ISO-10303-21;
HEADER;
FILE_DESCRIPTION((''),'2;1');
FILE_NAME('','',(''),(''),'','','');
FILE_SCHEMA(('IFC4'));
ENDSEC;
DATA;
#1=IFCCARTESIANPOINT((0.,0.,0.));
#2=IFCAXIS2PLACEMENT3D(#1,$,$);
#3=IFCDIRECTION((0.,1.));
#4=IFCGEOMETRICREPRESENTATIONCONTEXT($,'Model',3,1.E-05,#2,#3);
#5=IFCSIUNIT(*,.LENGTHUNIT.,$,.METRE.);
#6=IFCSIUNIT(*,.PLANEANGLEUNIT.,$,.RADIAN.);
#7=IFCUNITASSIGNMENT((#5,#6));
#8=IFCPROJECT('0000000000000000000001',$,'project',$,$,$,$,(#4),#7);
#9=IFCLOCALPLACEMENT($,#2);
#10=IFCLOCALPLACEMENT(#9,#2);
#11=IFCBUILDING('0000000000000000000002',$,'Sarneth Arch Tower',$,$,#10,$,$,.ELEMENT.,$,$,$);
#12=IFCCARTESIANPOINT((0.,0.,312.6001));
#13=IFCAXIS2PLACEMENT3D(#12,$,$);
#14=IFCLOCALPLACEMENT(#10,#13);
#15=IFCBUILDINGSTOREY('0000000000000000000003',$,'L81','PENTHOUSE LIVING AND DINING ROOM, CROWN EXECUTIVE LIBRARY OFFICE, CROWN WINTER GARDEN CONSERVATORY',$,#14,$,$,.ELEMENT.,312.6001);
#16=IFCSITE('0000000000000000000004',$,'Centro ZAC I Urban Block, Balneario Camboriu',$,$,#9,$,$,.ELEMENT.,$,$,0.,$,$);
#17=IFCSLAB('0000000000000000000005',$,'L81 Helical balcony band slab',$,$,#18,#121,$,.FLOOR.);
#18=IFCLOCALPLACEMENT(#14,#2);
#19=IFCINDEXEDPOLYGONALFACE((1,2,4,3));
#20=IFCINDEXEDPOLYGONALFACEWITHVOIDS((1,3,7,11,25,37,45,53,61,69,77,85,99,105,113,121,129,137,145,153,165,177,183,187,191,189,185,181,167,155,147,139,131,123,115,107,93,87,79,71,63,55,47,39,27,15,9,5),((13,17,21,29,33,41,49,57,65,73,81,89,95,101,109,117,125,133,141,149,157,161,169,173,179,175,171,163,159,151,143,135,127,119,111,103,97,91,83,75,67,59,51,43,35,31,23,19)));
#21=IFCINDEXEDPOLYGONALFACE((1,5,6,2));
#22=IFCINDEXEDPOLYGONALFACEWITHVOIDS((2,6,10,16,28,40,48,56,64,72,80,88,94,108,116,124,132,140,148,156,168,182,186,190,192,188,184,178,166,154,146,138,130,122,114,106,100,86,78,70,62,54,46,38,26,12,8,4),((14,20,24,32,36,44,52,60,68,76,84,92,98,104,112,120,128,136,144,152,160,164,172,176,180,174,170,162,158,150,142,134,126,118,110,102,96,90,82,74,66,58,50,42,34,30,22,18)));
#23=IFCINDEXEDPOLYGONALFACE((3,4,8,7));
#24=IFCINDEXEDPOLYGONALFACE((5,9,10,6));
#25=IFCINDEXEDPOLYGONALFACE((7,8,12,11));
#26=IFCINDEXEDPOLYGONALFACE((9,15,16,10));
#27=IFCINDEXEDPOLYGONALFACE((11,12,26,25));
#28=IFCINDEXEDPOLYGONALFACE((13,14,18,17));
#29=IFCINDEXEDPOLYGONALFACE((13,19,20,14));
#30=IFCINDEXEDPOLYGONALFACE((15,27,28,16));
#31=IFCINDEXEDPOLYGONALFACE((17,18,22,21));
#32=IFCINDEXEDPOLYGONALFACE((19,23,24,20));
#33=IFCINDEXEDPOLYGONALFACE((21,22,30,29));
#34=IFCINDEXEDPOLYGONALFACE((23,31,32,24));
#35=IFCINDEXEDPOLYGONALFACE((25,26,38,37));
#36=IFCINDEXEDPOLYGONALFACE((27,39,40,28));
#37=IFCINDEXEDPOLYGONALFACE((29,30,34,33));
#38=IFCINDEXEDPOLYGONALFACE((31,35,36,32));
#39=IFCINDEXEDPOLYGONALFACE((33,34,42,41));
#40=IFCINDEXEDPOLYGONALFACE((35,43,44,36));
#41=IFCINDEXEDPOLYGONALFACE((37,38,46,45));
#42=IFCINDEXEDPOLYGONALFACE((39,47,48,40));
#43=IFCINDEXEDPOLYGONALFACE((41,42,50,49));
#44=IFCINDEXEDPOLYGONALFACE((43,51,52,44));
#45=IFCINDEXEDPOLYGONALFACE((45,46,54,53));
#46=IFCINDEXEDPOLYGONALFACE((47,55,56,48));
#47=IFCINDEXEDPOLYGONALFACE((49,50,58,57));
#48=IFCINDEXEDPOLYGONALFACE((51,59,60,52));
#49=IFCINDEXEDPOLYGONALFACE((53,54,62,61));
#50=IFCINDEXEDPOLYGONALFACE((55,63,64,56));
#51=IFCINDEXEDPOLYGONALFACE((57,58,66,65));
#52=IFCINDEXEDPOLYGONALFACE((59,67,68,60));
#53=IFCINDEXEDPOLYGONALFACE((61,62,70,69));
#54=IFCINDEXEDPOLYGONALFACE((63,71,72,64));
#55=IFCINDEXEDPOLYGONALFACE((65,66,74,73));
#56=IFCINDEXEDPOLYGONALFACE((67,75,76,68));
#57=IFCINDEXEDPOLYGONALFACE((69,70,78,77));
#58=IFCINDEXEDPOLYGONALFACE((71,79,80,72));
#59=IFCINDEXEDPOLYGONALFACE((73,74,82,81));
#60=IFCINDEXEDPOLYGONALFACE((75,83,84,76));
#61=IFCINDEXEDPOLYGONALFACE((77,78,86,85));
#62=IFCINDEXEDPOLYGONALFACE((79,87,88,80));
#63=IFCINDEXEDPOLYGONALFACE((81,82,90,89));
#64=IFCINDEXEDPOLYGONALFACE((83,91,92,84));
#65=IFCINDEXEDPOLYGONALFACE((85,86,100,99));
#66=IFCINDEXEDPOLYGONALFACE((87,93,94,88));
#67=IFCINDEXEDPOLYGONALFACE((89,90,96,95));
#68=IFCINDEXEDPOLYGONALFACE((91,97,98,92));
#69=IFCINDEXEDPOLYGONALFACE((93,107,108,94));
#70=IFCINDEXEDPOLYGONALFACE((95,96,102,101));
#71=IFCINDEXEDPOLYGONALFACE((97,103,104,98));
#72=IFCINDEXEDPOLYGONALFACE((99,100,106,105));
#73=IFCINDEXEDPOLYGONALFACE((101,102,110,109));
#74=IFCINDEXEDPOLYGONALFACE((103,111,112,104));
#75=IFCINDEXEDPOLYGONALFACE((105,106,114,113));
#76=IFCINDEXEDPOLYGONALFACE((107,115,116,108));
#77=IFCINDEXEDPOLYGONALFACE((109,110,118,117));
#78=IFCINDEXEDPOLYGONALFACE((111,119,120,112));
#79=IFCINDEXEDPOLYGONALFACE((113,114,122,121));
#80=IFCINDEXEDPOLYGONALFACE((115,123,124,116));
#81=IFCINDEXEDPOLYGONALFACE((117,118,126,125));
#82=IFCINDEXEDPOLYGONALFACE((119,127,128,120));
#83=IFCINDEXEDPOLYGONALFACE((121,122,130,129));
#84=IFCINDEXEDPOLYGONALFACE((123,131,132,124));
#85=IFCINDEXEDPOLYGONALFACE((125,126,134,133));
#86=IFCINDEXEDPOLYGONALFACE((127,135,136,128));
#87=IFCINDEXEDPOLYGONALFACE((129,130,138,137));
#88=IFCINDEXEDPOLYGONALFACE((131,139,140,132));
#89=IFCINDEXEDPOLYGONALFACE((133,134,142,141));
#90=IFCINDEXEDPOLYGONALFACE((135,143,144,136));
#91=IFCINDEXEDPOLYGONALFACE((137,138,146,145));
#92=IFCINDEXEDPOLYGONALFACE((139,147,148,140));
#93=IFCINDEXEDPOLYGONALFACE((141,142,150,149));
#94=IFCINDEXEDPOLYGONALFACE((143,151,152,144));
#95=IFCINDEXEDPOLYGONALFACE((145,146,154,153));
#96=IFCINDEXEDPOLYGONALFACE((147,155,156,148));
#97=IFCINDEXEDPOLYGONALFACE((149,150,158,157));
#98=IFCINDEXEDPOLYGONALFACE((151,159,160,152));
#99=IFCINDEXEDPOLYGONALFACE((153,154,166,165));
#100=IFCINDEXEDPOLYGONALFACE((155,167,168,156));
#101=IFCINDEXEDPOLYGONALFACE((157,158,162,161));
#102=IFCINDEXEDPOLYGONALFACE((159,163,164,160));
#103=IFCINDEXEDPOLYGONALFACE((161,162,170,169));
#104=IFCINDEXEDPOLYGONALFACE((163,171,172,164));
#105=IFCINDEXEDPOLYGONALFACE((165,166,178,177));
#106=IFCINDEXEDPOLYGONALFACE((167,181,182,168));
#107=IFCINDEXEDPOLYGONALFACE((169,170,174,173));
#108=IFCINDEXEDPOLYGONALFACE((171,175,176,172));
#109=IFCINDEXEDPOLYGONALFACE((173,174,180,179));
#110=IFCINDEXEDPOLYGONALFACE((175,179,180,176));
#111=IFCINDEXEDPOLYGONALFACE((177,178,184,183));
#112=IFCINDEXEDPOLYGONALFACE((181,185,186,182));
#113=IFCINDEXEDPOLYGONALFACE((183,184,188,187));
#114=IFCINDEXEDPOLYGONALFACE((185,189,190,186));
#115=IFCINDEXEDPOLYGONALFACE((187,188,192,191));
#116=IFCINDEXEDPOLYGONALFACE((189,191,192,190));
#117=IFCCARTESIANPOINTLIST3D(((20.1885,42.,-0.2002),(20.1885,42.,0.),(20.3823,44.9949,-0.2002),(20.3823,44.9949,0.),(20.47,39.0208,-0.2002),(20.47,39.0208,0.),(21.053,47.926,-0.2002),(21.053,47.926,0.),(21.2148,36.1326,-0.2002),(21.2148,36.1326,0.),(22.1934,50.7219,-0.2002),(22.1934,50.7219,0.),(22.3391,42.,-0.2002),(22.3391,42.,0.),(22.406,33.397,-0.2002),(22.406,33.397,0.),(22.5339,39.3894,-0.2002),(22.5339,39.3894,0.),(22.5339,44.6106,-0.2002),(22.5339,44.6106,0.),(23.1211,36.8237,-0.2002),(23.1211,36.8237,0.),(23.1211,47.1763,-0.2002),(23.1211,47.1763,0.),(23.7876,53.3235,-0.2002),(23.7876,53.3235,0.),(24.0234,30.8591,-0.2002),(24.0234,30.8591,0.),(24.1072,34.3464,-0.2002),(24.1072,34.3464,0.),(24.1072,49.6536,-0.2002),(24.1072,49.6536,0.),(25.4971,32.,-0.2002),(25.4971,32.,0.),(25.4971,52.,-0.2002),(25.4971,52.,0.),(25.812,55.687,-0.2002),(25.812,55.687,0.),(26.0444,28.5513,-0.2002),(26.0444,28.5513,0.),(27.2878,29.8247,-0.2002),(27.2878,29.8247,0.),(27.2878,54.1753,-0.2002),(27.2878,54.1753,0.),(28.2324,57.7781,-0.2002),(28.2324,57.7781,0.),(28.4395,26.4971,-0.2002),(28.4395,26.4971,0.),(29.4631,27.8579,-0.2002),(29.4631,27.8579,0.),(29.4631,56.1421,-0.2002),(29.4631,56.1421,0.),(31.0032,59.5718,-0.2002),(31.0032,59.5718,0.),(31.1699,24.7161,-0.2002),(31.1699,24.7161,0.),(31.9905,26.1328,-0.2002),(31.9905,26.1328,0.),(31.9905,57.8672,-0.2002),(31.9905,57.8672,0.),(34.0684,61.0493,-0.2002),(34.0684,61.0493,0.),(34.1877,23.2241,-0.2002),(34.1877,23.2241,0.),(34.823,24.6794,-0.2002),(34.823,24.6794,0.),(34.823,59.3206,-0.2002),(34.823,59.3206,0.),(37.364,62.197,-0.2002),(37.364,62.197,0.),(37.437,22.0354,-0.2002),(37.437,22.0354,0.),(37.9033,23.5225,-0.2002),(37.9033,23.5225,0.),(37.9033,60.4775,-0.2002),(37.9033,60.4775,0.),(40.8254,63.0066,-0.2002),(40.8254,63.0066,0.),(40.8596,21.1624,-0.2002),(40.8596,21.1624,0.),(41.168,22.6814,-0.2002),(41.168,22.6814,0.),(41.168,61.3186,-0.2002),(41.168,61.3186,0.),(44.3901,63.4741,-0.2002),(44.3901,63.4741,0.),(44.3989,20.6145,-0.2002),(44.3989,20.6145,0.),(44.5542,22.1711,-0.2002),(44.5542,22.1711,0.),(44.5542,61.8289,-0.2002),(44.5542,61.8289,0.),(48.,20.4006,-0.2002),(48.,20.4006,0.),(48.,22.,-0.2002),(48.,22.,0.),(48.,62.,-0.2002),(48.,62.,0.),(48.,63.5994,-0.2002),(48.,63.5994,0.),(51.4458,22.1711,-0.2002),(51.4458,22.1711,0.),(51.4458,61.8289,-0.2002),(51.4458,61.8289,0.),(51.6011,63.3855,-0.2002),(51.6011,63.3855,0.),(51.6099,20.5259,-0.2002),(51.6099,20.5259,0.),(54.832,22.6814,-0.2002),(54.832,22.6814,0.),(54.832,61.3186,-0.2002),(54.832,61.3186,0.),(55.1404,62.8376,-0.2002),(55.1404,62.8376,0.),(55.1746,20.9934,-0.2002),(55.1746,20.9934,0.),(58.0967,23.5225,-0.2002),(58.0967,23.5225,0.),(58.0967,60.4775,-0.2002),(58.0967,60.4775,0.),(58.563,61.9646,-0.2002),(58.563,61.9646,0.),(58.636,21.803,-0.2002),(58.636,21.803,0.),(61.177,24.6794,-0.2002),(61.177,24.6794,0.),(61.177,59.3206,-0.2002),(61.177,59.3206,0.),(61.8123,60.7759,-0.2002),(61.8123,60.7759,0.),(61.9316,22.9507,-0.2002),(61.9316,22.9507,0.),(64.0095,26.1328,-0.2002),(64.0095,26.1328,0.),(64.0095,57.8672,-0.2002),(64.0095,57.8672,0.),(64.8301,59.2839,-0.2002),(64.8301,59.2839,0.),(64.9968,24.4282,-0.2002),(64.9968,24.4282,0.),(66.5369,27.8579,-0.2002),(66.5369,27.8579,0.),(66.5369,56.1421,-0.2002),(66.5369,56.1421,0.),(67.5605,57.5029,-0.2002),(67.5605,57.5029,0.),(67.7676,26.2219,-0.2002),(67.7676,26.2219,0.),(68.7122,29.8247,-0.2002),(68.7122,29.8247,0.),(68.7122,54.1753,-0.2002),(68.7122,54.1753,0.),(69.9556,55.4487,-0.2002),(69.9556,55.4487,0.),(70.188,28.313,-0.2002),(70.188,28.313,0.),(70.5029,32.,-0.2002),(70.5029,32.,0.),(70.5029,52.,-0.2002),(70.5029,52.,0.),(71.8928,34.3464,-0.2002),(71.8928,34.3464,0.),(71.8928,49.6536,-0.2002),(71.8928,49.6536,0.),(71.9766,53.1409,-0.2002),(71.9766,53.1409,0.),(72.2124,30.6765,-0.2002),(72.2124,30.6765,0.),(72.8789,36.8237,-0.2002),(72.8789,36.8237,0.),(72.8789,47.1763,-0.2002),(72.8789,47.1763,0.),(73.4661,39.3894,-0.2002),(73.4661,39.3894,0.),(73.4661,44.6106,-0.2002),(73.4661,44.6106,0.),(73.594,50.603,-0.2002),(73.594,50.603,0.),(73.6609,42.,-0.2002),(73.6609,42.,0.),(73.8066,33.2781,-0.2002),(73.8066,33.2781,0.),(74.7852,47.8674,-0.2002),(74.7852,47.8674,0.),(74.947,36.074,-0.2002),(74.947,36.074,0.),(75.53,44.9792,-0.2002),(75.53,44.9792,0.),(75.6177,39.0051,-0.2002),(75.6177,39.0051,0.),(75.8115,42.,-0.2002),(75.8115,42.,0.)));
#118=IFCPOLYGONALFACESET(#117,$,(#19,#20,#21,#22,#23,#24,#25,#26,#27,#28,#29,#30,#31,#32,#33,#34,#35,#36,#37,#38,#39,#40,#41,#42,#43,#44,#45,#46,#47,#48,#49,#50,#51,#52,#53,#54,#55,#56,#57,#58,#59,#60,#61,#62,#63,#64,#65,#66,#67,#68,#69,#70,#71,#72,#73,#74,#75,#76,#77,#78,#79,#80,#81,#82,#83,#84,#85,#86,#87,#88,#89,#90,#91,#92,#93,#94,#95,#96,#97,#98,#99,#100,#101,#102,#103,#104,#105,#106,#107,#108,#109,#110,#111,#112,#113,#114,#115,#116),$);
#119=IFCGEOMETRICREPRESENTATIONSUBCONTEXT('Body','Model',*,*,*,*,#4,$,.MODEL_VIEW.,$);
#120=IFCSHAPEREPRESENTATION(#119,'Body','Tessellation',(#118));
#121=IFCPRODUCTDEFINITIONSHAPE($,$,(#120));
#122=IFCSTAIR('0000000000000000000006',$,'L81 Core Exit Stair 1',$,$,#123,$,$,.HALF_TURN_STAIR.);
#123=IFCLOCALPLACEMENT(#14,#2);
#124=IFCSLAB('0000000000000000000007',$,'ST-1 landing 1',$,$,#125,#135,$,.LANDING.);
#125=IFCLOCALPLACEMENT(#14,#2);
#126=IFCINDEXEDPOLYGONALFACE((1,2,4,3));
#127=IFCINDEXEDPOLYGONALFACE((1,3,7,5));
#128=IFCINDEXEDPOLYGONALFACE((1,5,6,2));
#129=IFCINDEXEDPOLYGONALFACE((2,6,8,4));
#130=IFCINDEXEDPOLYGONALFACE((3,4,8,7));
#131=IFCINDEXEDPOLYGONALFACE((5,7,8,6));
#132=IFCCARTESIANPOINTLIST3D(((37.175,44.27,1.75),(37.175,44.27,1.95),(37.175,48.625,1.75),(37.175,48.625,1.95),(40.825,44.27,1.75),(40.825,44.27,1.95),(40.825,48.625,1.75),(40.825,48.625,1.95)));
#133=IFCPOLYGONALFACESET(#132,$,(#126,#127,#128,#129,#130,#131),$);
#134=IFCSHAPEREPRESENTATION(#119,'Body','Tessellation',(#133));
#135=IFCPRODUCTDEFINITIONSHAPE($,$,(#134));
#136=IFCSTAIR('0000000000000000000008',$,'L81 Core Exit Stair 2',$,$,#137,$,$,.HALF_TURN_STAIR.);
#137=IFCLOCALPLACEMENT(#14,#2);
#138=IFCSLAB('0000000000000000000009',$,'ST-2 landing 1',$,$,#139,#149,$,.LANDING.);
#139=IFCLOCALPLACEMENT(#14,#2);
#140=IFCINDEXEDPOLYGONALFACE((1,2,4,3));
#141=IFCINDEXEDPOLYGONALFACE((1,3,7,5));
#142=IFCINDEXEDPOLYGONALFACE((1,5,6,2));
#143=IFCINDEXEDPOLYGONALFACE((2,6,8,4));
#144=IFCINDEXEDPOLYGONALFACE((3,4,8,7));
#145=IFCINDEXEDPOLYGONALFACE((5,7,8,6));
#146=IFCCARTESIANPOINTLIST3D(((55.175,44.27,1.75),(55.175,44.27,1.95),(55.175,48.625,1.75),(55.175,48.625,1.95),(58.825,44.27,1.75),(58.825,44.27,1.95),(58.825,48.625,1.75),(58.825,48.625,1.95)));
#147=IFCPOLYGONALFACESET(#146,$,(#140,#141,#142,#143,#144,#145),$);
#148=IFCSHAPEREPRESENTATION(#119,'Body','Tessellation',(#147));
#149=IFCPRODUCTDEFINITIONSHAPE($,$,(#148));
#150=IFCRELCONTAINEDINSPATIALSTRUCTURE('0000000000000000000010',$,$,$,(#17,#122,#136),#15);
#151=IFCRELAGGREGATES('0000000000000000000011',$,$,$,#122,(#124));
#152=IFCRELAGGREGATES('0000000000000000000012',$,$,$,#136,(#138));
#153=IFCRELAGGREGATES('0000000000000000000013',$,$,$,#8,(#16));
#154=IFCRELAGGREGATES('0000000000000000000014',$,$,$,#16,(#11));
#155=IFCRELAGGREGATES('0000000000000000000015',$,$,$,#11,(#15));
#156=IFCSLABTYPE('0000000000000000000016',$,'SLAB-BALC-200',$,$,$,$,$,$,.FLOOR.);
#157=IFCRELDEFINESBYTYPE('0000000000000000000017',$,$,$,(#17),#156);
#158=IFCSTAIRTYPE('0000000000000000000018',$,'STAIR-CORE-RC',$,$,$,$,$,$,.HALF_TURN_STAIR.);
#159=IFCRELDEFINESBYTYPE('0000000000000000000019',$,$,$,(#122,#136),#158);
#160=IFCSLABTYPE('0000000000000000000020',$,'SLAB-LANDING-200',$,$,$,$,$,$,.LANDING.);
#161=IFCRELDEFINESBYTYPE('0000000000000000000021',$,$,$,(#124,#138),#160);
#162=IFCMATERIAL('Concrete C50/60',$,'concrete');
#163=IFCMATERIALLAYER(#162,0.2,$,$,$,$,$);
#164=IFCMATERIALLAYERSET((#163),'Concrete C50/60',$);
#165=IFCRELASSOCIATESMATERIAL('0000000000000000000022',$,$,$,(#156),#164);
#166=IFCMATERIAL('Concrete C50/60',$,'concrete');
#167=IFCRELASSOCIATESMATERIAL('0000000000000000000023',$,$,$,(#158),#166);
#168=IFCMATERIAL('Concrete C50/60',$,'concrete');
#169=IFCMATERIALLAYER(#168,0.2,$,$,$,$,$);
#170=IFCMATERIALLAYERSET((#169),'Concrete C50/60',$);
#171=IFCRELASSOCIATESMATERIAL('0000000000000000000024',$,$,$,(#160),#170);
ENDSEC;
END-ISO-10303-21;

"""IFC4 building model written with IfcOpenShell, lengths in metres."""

from ifc_helpers import new_model, si_unit, direction, frame, origin, place, context, subcontext, project, spatial, polyline, outline, extrude, material, layer, layer_set, type_object, element, aggregate, save


model = new_model("IFC4")

# Units and contexts
model_context = context("Model", 3, precision=1e-05, world=origin(), true_north=direction((0.0, 1.0)))
body_context = subcontext(model_context, "Body", "Model", "MODEL_VIEW")
ifc_project = project(units=[si_unit("LENGTHUNIT", "METRE"), si_unit("PLANEANGLEUNIT", "RADIAN")], contexts=[model_context])

# Site, building, storey
site_placement = place(None, origin())
site = spatial("IfcSite", under=ifc_project, at=site_placement, Name="Centro ZAC I Urban Block, Balneario Camboriu", CompositionType="ELEMENT", RefElevation=0.0)
building_placement = place(site_placement, origin())
building = spatial("IfcBuilding", under=site, at=building_placement, Name="Sarneth Arch Tower", CompositionType="ELEMENT")
storey_placement = place(building_placement, frame((0.0, 0.0, 312.6001)))
storey = spatial("IfcBuildingStorey", under=building, at=storey_placement, Name="L81", Description="PENTHOUSE LIVING AND DINING ROOM, CROWN EXECUTIVE LIBRARY OFFICE, CROWN WINTER GARDEN CONSERVATORY", CompositionType="ELEMENT", Elevation=312.6001)

# Slab
ifc_material_1 = material(Name="Concrete C50/60", Category="concrete")
ifc_layer_1 = layer(ifc_material_1, 0.2)
ifc_layer_set_1 = layer_set([ifc_layer_1], Name="Concrete C50/60")
slab_type_1 = type_object("IfcSlabType", Name="SLAB-BALC-200", PredefinedType="FLOOR", material=ifc_layer_set_1)
slab_1_placement = place(storey_placement, frame((0.0, 0.0, -0.2002)))
element("IfcSlab", 1, at=slab_1_placement, inside=storey, type_object=slab_type_1, Name="L81 Helical balcony band slab", PredefinedType="FLOOR", context=body_context, shape_type="SweptSolid", body=[
    extrude(outline(polyline([(75.8115, 42.0), (75.53, 44.9792), (74.7852, 47.8674), (73.594, 50.603), (71.9766, 53.1409), (69.9556, 55.4487), (67.5605, 57.5029), (64.8301, 59.2839), (61.8123, 60.7759), (58.563, 61.9646), (55.1404, 62.8376), (51.6011, 63.3855), (48.0, 63.5994), (44.3901, 63.4741), (40.8254, 63.0066), (37.364, 62.197), (34.0684, 61.0493), (31.0032, 59.5718), (28.2324, 57.7781), (25.812, 55.687), (23.7876, 53.3235), (22.1934, 50.7219), (21.053, 47.926), (20.3823, 44.9949), (20.1885, 42.0), (20.47, 39.0208), (21.2148, 36.1326), (22.406, 33.397), (24.0234, 30.8591), (26.0444, 28.5513), (28.4395, 26.4971), (31.1699, 24.7161), (34.1877, 23.2241), (37.437, 22.0354), (40.8596, 21.1624), (44.3989, 20.6145), (48.0, 20.4006), (51.6099, 20.5259), (55.1746, 20.9934), (58.636, 21.803), (61.9316, 22.9507), (64.9968, 24.4282), (67.7676, 26.2219), (70.188, 28.313), (72.2124, 30.6765), (73.8066, 33.2781), (74.947, 36.074), (75.6177, 39.0051), (75.8115, 42.0)]), holes=[polyline([(73.6609, 42.0), (73.4661, 44.6106), (72.8789, 47.1763), (71.8928, 49.6536), (70.5029, 52.0), (68.7122, 54.1753), (66.5369, 56.1421), (64.0095, 57.8672), (61.177, 59.3206), (58.0967, 60.4775), (54.832, 61.3186), (51.4458, 61.8289), (48.0, 62.0), (44.5542, 61.8289), (41.168, 61.3186), (37.9033, 60.4775), (34.823, 59.3206), (31.9905, 57.8672), (29.4631, 56.1421), (27.2878, 54.1753), (25.4971, 52.0), (24.1072, 49.6536), (23.1211, 47.1763), (22.5339, 44.6106), (22.3391, 42.0), (22.5339, 39.3894), (23.1211, 36.8237), (24.1072, 34.3464), (25.4971, 32.0), (27.2878, 29.8247), (29.4631, 27.8579), (31.9905, 26.1328), (34.823, 24.6794), (37.9033, 23.5225), (41.168, 22.6814), (44.5542, 22.1711), (48.0, 22.0), (51.4458, 22.1711), (54.832, 22.6814), (58.0967, 23.5225), (61.177, 24.6794), (64.0095, 26.1328), (66.5369, 27.8579), (68.7122, 29.8247), (70.5029, 32.0), (71.8928, 34.3464), (72.8789, 36.8237), (73.4661, 39.3894), (73.6609, 42.0)])]), origin(), (0.0, 0.0, 1.0), 0.2002),
])

# Stairs, slabs
ifc_material_2 = material(Name="Concrete C50/60", Category="concrete")
stair_type = type_object("IfcStairType", Name="STAIR-CORE-RC", PredefinedType="HALF_TURN_STAIR", material=ifc_material_2)
stair_1_placement = place(storey_placement, origin())
stair_1 = element("IfcStair", 2, at=stair_1_placement, inside=storey, type_object=stair_type, Name="L81 Core Exit Stair 1", PredefinedType="HALF_TURN_STAIR")
ifc_material_3 = material(Name="Concrete C50/60", Category="concrete")
ifc_layer_2 = layer(ifc_material_3, 0.2)
ifc_layer_set_2 = layer_set([ifc_layer_2], Name="Concrete C50/60")
slab_type_2 = type_object("IfcSlabType", Name="SLAB-LANDING-200", PredefinedType="LANDING", material=ifc_layer_set_2)
slab_2_placement = place(storey_placement, frame((0.0, 0.0, 1.75)))
slab_2 = element("IfcSlab", 3, at=slab_2_placement, type_object=slab_type_2, Name="ST-1 landing 1", PredefinedType="LANDING", context=body_context, shape_type="SweptSolid", body=[
    extrude(outline(polyline([(37.175, 44.27), (40.825, 44.27), (40.825, 48.625), (37.175, 48.625), (37.175, 44.27)])), origin(), (0.0, 0.0, 1.0), 0.2),
])
aggregate(stair_1, [slab_2])
stair_2_placement = place(storey_placement, origin())
stair_2 = element("IfcStair", 4, at=stair_2_placement, inside=storey, type_object=stair_type, Name="L81 Core Exit Stair 2", PredefinedType="HALF_TURN_STAIR")
slab_3_placement = place(storey_placement, frame((0.0, 0.0, 1.75)))
slab_3 = element("IfcSlab", 5, at=slab_3_placement, type_object=slab_type_2, Name="ST-2 landing 1", PredefinedType="LANDING", context=body_context, shape_type="SweptSolid", body=[
    extrude(outline(polyline([(55.175, 44.27), (58.825, 44.27), (58.825, 48.625), (55.175, 48.625), (55.175, 44.27)])), origin(), (0.0, 0.0, 1.0), 0.2),
])
aggregate(stair_2, [slab_3])

save(model, "model.ifc")
